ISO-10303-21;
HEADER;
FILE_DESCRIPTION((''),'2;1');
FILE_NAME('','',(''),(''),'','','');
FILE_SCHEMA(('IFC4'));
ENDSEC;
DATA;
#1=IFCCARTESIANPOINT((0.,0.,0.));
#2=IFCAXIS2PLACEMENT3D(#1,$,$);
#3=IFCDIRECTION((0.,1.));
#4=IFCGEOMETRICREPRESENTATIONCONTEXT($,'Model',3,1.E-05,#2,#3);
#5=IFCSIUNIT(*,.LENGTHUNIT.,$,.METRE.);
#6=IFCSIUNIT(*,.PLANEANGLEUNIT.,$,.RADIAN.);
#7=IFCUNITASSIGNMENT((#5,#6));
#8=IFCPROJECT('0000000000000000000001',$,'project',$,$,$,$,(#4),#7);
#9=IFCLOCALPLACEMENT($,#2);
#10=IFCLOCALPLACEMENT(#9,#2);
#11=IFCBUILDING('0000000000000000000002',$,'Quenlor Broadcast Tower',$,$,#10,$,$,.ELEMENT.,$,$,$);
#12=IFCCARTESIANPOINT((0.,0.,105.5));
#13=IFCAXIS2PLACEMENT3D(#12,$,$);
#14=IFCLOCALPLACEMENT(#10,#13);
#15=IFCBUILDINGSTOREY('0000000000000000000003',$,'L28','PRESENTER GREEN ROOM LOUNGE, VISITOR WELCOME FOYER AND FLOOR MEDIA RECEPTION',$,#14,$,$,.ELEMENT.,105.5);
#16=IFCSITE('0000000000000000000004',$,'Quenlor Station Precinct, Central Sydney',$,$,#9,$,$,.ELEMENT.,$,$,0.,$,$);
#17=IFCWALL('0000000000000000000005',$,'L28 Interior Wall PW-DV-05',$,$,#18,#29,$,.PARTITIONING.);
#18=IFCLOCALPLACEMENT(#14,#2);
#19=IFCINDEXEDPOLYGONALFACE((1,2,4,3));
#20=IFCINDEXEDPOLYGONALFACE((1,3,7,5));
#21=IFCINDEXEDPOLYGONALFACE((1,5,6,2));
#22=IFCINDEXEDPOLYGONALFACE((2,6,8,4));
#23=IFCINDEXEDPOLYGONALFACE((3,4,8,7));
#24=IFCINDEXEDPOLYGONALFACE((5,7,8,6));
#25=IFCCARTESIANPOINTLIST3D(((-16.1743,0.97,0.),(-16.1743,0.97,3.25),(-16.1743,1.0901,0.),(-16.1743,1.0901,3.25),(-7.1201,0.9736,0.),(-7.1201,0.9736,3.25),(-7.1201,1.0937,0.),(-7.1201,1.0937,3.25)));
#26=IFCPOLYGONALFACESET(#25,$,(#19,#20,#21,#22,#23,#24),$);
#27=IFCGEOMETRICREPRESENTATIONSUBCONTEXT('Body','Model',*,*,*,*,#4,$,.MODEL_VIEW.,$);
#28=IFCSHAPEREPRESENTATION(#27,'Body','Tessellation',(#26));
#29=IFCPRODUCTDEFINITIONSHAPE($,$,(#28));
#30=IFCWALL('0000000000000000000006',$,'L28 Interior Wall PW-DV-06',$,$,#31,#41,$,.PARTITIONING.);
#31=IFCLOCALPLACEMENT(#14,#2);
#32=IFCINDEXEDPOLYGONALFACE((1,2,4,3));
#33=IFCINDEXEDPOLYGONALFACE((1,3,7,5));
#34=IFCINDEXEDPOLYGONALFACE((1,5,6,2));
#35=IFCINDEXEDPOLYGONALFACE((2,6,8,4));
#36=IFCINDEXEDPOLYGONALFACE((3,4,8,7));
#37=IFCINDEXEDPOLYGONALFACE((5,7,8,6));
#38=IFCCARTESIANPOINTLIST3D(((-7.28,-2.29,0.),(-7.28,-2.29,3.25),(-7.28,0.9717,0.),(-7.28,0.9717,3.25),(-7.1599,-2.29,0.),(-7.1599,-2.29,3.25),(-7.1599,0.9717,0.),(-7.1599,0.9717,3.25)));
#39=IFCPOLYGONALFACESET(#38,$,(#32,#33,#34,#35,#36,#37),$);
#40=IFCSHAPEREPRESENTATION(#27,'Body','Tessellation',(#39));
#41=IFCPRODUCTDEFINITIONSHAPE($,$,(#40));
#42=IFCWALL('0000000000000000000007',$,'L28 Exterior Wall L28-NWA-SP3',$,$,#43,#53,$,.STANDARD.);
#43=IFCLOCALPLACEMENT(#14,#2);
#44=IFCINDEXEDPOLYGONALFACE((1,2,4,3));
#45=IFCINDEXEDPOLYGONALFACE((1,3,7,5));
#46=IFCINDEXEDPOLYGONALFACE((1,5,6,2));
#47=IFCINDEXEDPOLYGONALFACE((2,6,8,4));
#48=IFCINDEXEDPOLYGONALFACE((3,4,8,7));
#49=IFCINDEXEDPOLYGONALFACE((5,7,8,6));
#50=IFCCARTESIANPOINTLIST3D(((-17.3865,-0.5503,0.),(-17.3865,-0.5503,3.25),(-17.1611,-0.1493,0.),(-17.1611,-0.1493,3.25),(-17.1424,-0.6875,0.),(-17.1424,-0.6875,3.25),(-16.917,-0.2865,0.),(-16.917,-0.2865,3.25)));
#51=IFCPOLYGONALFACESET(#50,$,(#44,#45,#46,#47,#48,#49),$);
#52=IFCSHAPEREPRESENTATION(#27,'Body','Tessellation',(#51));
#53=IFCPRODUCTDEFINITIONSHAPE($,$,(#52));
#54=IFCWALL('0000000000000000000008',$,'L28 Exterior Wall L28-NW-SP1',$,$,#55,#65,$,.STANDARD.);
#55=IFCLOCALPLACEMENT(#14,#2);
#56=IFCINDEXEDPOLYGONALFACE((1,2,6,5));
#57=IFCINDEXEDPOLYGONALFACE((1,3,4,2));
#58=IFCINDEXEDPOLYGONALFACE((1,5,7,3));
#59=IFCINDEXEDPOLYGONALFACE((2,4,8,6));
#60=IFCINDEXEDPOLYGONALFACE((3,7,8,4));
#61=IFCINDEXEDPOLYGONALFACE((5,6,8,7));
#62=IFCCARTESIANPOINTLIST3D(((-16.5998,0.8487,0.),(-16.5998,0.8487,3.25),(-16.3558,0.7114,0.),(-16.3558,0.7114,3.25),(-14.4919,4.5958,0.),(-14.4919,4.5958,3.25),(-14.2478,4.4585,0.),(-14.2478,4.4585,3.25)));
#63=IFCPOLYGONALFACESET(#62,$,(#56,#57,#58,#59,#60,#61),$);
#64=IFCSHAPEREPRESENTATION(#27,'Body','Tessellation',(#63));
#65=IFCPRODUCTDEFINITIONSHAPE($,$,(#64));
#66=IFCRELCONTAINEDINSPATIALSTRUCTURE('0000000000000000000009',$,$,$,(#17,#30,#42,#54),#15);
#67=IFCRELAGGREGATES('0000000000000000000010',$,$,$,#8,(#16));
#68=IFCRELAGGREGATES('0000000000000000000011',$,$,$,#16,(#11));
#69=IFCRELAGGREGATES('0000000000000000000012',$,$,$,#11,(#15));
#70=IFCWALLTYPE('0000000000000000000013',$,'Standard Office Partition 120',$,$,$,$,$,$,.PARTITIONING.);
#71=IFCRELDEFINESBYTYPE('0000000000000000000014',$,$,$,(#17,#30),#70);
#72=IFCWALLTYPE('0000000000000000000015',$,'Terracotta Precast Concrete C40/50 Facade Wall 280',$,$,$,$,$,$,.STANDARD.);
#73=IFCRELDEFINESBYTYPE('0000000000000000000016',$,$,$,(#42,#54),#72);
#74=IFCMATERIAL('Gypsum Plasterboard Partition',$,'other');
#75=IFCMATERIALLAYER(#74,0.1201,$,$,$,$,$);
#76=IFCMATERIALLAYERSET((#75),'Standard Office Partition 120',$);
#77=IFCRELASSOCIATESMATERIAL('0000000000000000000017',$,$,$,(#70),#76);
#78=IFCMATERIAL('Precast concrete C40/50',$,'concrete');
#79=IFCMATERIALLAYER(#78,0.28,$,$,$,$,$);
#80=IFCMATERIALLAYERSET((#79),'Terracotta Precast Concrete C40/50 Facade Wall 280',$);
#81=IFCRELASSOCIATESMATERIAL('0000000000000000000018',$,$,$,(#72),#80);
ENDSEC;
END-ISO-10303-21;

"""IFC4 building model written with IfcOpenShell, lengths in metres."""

from ifc_helpers import new_model, si_unit, direction, frame, frame_2d, origin, place, context, subcontext, project, spatial, rectangle, extrude, material, layer, layer_set, type_object, element, save


model = new_model("IFC4")

# Units and contexts
model_context = context("Model", 3, precision=1e-05, world=origin(), true_north=direction((0.0, 1.0)))
body_context = subcontext(model_context, "Body", "Model", "MODEL_VIEW")
ifc_project = project(units=[si_unit("LENGTHUNIT", "METRE"), si_unit("PLANEANGLEUNIT", "RADIAN")], contexts=[model_context])

# Site, building, storey
site_placement = place(None, origin())
site = spatial("IfcSite", under=ifc_project, at=site_placement, Name="Quenlor Station Precinct, Central Sydney", CompositionType="ELEMENT", RefElevation=0.0)
building_placement = place(site_placement, origin())
building = spatial("IfcBuilding", under=site, at=building_placement, Name="Quenlor Broadcast Tower", CompositionType="ELEMENT")
storey_placement = place(building_placement, frame((0.0, 0.0, 105.5)))
storey = spatial("IfcBuildingStorey", under=building, at=storey_placement, Name="L28", Description="PRESENTER GREEN ROOM LOUNGE, VISITOR WELCOME FOYER AND FLOOR MEDIA RECEPTION", CompositionType="ELEMENT", Elevation=105.5)

# Walls
ifc_material_1 = material(Name="Gypsum Plasterboard Partition", Category="other")
ifc_layer_1 = layer(ifc_material_1, 0.1201)
ifc_layer_set_1 = layer_set([ifc_layer_1], Name="Standard Office Partition 120")
wall_type_1 = type_object("IfcWallType", Name="Standard Office Partition 120", PredefinedType="PARTITIONING", material=ifc_layer_set_1)
wall_1_placement = place(storey_placement, frame((-7.1201, 1.0337, 0.0), z_axis=(0.0, 0.0, 1.0), x_axis=(-1.0, -0.000404, 0.0)))
element("IfcWall", 1, at=wall_1_placement, inside=storey, type_object=wall_type_1, Name="L28 Interior Wall PW-DV-05", PredefinedType="PARTITIONING", context=body_context, shape_type="SweptSolid", body=[
    extrude(rectangle(XDim=9.0542, YDim=0.1201, at=frame_2d((4.5271, 0.0))), origin(), (0.0, 0.0, 1.0), 3.25),
])
wall_2_placement = place(storey_placement, frame((-7.22, -2.29, 0.0), z_axis=(0.0, 0.0, 1.0), x_axis=(0.0, 1.0, 0.0)))
element("IfcWall", 2, at=wall_2_placement, inside=storey, type_object=wall_type_1, Name="L28 Interior Wall PW-DV-06", PredefinedType="PARTITIONING", context=body_context, shape_type="SweptSolid", body=[
    extrude(rectangle(XDim=3.2617, YDim=0.1201, at=frame_2d((1.6309, 0.0))), origin(), (0.0, 0.0, 1.0), 3.25),
])
ifc_material_2 = material(Name="Precast concrete C40/50", Category="concrete")
ifc_layer_2 = layer(ifc_material_2, 0.28)
ifc_layer_set_2 = layer_set([ifc_layer_2], Name="Terracotta Precast Concrete C40/50 Facade Wall 280")
wall_type_2 = type_object("IfcWallType", Name="Terracotta Precast Concrete C40/50 Facade Wall 280", PredefinedType="STANDARD", material=ifc_layer_set_2)
wall_3_placement = place(storey_placement, frame((-17.2644, -0.6189, 0.0), z_axis=(0.0, 0.0, 1.0), x_axis=(0.490009, 0.871717, 0.0)))
element("IfcWall", 3, at=wall_3_placement, inside=storey, type_object=wall_type_2, Name="L28 Exterior Wall L28-NWA-SP3", PredefinedType="STANDARD", context=body_context, shape_type="SweptSolid", body=[
    extrude(rectangle(XDim=0.46, YDim=0.28, at=frame_2d((0.23, 0.0))), origin(), (0.0, 0.0, 1.0), 3.25),
])
wall_4_placement = place(storey_placement, frame((-16.4778, 0.78, 0.0), z_axis=(0.0, 0.0, 1.0), x_axis=(0.490294, 0.871557, 0.0)))
element("IfcWall", 4, at=wall_4_placement, inside=storey, type_object=wall_type_2, Name="L28 Exterior Wall L28-NW-SP1", PredefinedType="STANDARD", context=body_context, shape_type="SweptSolid", body=[
    extrude(rectangle(XDim=4.2993, YDim=0.28, at=frame_2d((2.1497, 0.0))), origin(), (0.0, 0.0, 1.0), 3.25),
])

save(model, "model.ifc")
